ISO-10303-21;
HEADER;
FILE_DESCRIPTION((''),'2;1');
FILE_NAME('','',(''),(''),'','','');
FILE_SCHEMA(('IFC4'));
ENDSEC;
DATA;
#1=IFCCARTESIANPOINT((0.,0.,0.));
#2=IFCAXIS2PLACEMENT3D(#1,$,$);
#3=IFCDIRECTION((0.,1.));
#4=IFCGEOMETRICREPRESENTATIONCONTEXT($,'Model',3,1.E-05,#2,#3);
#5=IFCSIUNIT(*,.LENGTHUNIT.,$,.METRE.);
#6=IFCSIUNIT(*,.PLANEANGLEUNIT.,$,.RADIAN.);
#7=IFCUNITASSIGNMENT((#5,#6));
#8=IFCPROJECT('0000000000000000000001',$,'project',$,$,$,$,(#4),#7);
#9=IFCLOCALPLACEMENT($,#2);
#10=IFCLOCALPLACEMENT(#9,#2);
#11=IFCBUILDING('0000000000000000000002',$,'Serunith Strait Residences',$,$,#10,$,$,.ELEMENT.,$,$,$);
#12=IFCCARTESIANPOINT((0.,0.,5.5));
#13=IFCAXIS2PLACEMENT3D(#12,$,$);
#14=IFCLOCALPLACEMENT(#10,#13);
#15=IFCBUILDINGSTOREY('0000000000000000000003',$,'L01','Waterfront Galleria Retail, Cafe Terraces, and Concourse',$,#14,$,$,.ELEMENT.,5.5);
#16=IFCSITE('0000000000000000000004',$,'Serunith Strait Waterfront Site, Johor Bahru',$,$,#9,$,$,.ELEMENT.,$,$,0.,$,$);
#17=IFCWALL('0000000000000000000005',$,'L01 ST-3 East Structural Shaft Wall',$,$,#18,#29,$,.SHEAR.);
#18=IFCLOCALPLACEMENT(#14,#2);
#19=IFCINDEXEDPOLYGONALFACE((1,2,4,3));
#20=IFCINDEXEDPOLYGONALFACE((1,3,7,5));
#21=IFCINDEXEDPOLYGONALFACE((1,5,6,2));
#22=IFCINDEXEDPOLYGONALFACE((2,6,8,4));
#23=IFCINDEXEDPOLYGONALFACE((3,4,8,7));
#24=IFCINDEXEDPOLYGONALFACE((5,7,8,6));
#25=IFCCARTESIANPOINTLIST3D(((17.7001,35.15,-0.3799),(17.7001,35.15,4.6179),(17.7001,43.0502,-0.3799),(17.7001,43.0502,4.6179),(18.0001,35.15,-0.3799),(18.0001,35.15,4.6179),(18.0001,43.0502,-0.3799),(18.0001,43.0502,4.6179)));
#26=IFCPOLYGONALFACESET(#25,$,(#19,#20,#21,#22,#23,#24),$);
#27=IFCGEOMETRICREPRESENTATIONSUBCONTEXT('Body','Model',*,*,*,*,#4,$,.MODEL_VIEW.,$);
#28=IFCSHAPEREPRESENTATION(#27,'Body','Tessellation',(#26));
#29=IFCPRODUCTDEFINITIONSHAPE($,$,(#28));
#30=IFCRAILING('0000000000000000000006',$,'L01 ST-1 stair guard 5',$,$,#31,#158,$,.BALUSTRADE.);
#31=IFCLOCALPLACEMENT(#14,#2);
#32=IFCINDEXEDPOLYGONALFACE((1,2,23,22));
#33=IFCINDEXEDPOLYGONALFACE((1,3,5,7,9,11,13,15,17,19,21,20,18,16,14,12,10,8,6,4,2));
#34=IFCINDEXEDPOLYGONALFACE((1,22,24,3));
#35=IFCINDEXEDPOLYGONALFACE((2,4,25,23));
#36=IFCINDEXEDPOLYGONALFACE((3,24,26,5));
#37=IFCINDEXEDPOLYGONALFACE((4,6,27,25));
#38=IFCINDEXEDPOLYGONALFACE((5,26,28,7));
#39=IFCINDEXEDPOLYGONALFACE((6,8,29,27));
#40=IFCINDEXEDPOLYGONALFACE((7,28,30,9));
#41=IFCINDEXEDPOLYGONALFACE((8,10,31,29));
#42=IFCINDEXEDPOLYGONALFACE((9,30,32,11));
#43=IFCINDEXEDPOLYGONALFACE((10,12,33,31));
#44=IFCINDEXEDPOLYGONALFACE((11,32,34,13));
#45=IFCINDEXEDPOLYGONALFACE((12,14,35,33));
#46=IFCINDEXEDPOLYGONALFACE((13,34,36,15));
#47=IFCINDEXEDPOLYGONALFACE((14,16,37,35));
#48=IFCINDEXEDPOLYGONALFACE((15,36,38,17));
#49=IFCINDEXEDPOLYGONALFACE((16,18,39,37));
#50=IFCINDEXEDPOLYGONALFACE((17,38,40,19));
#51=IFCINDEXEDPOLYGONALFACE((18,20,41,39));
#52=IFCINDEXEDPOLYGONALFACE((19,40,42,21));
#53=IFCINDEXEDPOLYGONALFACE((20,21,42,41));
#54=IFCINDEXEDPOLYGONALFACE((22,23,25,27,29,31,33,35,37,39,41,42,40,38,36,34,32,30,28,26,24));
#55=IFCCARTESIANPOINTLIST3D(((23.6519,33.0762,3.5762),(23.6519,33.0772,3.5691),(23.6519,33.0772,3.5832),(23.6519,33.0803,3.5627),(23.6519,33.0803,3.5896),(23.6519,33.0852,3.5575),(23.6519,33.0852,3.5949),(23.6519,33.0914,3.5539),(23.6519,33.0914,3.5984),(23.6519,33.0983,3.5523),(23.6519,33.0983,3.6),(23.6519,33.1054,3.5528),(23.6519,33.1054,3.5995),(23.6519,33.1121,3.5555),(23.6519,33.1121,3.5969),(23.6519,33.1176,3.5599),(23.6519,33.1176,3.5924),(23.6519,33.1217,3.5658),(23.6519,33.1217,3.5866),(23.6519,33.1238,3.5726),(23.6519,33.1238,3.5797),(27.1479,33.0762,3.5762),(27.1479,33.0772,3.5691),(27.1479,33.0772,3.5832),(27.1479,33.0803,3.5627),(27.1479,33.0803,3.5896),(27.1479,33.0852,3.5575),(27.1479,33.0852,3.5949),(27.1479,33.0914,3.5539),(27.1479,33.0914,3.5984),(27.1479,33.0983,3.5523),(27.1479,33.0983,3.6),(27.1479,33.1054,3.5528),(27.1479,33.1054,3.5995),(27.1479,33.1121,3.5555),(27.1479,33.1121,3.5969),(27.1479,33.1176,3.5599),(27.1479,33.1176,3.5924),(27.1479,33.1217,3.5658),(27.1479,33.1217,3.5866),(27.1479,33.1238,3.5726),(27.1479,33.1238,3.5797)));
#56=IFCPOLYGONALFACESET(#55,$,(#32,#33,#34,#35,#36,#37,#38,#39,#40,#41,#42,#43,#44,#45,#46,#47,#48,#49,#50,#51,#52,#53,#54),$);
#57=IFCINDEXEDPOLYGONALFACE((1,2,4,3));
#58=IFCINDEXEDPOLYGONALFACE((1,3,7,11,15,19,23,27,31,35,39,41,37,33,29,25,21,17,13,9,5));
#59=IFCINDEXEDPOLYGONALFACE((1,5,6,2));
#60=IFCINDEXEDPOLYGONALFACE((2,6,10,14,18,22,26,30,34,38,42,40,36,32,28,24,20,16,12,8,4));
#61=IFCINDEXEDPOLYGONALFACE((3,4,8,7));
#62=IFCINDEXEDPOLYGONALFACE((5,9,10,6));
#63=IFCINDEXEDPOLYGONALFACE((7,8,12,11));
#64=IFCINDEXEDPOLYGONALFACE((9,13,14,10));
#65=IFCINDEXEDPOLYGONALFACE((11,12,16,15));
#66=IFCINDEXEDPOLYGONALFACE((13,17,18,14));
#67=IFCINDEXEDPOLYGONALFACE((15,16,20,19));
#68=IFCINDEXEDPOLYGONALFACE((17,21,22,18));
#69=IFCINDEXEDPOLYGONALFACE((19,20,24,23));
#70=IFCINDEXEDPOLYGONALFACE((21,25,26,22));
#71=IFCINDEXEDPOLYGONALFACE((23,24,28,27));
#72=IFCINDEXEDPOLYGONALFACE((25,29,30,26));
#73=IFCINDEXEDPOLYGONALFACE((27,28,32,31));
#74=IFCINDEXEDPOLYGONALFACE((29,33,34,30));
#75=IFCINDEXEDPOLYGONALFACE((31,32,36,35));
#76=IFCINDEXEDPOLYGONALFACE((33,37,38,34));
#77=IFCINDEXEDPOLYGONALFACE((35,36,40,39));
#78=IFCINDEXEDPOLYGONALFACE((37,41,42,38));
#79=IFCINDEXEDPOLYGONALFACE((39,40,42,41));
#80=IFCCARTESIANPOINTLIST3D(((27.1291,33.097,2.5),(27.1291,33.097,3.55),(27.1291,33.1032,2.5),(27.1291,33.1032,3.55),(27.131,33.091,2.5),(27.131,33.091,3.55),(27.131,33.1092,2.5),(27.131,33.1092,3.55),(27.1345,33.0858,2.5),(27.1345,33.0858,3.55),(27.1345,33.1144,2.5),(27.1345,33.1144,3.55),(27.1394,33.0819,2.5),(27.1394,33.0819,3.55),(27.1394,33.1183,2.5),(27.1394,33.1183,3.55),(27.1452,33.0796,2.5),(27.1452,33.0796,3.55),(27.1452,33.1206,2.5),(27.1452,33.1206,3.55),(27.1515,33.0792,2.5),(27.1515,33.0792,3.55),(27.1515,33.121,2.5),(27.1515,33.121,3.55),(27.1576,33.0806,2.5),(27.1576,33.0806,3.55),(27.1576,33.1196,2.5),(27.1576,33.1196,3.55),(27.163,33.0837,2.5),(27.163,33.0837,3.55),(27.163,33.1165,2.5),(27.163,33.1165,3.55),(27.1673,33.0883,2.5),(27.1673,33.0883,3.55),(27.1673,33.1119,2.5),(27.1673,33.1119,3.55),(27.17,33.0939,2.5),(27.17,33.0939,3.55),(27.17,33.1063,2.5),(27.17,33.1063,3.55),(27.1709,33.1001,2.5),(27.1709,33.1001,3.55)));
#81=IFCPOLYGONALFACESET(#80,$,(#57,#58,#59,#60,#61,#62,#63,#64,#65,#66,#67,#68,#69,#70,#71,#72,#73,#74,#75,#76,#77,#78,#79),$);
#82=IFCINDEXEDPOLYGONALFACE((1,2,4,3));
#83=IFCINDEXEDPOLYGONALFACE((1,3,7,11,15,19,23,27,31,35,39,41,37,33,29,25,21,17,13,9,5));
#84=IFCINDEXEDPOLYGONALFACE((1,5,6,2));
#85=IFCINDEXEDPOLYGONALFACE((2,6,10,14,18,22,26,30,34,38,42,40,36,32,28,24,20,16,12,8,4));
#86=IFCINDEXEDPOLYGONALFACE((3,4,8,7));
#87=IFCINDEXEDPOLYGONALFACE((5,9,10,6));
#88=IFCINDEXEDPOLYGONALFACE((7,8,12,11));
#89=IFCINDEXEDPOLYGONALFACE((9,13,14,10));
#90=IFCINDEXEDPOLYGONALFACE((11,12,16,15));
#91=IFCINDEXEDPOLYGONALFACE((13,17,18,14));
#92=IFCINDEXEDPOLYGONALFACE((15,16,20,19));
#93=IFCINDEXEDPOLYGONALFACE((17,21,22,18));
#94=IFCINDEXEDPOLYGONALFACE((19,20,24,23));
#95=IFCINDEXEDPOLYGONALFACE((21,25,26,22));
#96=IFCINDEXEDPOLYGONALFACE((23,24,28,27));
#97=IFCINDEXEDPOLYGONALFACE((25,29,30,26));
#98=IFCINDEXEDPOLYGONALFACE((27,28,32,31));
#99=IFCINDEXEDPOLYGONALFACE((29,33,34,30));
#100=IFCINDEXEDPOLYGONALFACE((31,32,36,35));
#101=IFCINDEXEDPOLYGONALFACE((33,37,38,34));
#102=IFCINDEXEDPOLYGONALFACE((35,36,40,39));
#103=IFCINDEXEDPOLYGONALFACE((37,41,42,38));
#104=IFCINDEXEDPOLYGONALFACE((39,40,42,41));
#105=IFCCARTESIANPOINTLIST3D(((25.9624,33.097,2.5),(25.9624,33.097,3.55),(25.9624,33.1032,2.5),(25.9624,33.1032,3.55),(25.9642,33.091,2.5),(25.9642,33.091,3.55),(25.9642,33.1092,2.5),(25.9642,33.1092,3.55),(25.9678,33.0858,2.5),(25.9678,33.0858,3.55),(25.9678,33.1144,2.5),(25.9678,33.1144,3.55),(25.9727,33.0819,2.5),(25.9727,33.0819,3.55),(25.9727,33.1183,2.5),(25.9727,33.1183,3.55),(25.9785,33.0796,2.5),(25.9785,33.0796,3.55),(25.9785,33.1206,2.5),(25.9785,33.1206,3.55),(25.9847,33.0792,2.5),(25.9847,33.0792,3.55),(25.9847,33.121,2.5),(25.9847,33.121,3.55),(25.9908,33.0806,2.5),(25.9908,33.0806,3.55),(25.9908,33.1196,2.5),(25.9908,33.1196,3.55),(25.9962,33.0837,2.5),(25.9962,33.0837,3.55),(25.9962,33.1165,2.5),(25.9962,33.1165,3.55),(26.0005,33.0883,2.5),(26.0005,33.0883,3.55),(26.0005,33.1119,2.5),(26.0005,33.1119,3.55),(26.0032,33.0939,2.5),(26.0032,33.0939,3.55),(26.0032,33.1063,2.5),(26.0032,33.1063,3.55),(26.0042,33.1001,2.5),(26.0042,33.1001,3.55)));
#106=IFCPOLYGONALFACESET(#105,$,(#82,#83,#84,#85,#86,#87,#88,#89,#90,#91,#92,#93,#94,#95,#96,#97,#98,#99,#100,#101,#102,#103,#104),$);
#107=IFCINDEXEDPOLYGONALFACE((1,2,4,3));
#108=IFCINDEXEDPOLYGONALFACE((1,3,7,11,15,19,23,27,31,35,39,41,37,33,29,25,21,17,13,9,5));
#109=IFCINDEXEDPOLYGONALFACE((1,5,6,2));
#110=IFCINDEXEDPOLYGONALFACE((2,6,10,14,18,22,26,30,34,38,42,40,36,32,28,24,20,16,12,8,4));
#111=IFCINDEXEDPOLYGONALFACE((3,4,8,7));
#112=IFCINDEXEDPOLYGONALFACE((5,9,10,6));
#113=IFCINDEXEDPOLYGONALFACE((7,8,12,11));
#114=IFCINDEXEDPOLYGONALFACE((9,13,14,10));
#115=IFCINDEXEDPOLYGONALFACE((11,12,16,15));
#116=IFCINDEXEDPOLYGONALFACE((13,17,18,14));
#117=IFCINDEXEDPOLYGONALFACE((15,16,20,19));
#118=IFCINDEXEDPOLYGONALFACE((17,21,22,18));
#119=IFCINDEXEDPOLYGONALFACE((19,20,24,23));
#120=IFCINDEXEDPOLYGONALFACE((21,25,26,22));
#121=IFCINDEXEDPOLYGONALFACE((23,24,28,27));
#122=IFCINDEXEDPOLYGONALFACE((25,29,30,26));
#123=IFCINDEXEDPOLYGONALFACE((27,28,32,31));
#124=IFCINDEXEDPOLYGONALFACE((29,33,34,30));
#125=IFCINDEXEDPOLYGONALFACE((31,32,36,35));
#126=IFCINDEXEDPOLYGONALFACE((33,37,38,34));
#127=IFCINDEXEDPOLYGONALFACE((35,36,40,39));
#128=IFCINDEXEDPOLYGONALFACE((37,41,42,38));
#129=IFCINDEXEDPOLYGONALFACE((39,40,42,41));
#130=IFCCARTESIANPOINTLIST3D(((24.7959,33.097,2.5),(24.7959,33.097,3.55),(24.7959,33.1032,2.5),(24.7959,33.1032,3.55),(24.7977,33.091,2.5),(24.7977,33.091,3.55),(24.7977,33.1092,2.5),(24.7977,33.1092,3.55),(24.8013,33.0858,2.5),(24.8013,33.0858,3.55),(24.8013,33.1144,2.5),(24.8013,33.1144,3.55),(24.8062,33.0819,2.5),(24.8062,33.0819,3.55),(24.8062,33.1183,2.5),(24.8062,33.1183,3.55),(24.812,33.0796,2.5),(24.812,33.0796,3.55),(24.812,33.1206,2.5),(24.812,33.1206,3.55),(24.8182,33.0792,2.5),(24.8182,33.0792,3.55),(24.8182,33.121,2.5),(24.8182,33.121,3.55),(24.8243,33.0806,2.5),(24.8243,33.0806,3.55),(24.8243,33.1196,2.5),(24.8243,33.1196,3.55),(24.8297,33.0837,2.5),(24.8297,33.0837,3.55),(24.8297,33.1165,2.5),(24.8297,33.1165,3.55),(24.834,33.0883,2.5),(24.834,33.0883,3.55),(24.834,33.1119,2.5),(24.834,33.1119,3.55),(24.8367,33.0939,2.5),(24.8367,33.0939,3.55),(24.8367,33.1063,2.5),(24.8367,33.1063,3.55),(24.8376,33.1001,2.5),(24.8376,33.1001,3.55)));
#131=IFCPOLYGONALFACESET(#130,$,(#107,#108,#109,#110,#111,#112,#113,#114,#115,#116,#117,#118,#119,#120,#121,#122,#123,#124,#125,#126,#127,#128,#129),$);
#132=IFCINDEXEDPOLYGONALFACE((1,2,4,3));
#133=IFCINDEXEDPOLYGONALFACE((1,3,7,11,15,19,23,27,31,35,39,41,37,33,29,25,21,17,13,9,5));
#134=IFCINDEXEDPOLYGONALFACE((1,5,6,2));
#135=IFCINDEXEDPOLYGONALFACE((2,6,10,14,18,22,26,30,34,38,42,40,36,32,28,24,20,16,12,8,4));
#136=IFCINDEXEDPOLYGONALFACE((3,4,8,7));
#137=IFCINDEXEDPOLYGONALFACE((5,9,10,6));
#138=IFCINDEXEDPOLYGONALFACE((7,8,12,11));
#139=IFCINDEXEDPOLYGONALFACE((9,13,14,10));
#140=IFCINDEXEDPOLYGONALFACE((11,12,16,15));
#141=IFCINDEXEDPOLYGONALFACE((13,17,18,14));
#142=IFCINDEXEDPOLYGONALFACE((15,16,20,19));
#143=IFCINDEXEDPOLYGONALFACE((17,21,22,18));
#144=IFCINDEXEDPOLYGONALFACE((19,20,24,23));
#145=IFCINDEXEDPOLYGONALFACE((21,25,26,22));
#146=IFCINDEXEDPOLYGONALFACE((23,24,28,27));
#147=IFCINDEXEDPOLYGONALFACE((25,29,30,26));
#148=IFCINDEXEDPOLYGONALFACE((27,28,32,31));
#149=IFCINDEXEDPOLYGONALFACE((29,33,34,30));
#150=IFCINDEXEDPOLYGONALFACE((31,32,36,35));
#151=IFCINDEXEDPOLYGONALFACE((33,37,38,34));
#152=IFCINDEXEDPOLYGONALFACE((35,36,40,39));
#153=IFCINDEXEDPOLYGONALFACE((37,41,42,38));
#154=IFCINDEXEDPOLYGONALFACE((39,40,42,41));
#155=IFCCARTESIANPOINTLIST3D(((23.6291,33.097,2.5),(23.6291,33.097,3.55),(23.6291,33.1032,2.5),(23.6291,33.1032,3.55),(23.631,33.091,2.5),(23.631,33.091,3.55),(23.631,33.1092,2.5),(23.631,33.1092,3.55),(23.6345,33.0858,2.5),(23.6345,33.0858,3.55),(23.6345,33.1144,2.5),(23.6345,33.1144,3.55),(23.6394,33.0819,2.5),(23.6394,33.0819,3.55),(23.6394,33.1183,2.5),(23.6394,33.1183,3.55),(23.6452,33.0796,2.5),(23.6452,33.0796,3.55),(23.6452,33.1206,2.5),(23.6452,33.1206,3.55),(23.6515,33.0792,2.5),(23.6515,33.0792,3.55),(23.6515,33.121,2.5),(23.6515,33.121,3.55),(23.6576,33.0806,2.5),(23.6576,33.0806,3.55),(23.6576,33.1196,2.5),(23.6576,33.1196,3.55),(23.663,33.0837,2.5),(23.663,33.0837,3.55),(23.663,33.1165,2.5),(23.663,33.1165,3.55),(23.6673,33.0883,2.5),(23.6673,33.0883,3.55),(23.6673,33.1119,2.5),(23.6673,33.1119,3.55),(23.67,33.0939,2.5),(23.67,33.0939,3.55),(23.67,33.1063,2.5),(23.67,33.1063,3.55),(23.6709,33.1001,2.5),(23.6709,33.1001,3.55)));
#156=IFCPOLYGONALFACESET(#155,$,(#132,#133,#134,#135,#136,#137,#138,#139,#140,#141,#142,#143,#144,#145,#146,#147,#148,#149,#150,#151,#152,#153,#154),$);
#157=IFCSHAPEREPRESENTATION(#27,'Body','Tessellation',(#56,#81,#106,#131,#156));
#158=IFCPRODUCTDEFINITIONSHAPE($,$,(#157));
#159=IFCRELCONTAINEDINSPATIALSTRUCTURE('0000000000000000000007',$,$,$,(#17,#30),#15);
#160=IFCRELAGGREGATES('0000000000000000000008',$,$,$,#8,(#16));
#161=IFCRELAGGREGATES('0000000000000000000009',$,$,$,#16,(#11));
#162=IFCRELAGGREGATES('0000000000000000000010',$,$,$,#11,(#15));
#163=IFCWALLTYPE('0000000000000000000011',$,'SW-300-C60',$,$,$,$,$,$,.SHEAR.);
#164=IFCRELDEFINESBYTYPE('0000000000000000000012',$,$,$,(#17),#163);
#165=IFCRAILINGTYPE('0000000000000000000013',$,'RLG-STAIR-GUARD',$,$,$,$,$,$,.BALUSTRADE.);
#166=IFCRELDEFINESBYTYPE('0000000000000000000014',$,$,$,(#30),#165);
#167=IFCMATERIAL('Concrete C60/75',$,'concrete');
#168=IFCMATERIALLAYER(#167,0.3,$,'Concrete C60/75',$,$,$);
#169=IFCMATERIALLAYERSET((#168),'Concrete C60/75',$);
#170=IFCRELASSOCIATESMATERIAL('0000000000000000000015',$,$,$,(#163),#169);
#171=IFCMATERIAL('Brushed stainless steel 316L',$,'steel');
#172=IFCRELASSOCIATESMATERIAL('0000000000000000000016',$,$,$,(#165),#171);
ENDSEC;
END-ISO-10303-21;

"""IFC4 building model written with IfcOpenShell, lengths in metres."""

from ifc_helpers import new_model, si_unit, direction, frame, frame_2d, origin, origin_2d, place, context, subcontext, project, spatial, rectangle, circle, extrude, material, layer, layer_set, type_object, element, save


model = new_model("IFC4")

# Units and contexts
model_context = context("Model", 3, precision=1e-05, world=origin(), true_north=direction((0.0, 1.0)))
body_context = subcontext(model_context, "Body", "Model", "MODEL_VIEW")
ifc_project = project(units=[si_unit("LENGTHUNIT", "METRE"), si_unit("PLANEANGLEUNIT", "RADIAN")], contexts=[model_context])

# Site, building, storey
site_placement = place(None, origin())
site = spatial("IfcSite", under=ifc_project, at=site_placement, Name="Serunith Strait Waterfront Site, Johor Bahru", CompositionType="ELEMENT", RefElevation=0.0)
building_placement = place(site_placement, origin())
building = spatial("IfcBuilding", under=site, at=building_placement, Name="Serunith Strait Residences", CompositionType="ELEMENT")
storey_placement = place(building_placement, frame((0.0, 0.0, 5.5)))
storey = spatial("IfcBuildingStorey", under=building, at=storey_placement, Name="L01", Description="Waterfront Galleria Retail, Cafe Terraces, and Concourse", CompositionType="ELEMENT", Elevation=5.5)

# Wall
ifc_material_1 = material(Name="Concrete C60/75", Category="concrete")
ifc_layer_1 = layer(ifc_material_1, 0.3, Name="Concrete C60/75")
ifc_layer_set_1 = layer_set([ifc_layer_1], Name="Concrete C60/75")
wall_type_1 = type_object("IfcWallType", Name="SW-300-C60", PredefinedType="SHEAR", material=ifc_layer_set_1)
wall_1_placement = place(storey_placement, frame((17.8501, 35.1499, -0.3799), z_axis=(0.0, 0.0, 1.0), x_axis=(0.0, 1.0, 0.0)))
element("IfcWall", 1, at=wall_1_placement, inside=storey, type_object=wall_type_1, Name="L01 ST-3 East Structural Shaft Wall", PredefinedType="SHEAR", context=body_context, shape_type="SweptSolid", body=[
    extrude(rectangle(XDim=7.9001, YDim=0.3, at=frame_2d((3.9502, 0.0))), origin(), (0.0, 0.0, 1.0), 4.9978),
])

# Railing
ifc_material_2 = material(Name="Brushed stainless steel 316L", Category="steel")
railing_type_1 = type_object("IfcRailingType", Name="RLG-STAIR-GUARD", PredefinedType="BALUSTRADE", material=ifc_material_2)
railing_1_placement = place(storey_placement, frame((27.1499, 33.1001, 2.5)))
element("IfcRailing", 2, at=railing_1_placement, inside=storey, type_object=railing_type_1, Name="L01 ST-1 stair guard 5", PredefinedType="BALUSTRADE", context=body_context, shape_type="SweptSolid", body=[
    extrude(circle(Radius=0.0239, at=origin_2d()), frame((-0.002, 0.0, 1.0762), z_axis=(-1.0, 0.0, 0.0), x_axis=(0.0, -1.0, 0.0)), (0.0, 0.0, 1.0), 3.4961),
    extrude(circle(Radius=0.021, at=origin_2d()), origin(), (0.0, 0.0, 1.0), 1.05),
    extrude(circle(Radius=0.021, at=origin_2d()), frame((-1.1667, 0.0, 0.0)), (0.0, 0.0, 1.0), 1.05),
    extrude(circle(Radius=0.021, at=origin_2d()), frame((-2.3333, 0.0, 0.0)), (0.0, 0.0, 1.0), 1.05),
    extrude(circle(Radius=0.021, at=origin_2d()), frame((-3.5, 0.0, 0.0)), (0.0, 0.0, 1.0), 1.05),
])

save(model, "model.ifc")
